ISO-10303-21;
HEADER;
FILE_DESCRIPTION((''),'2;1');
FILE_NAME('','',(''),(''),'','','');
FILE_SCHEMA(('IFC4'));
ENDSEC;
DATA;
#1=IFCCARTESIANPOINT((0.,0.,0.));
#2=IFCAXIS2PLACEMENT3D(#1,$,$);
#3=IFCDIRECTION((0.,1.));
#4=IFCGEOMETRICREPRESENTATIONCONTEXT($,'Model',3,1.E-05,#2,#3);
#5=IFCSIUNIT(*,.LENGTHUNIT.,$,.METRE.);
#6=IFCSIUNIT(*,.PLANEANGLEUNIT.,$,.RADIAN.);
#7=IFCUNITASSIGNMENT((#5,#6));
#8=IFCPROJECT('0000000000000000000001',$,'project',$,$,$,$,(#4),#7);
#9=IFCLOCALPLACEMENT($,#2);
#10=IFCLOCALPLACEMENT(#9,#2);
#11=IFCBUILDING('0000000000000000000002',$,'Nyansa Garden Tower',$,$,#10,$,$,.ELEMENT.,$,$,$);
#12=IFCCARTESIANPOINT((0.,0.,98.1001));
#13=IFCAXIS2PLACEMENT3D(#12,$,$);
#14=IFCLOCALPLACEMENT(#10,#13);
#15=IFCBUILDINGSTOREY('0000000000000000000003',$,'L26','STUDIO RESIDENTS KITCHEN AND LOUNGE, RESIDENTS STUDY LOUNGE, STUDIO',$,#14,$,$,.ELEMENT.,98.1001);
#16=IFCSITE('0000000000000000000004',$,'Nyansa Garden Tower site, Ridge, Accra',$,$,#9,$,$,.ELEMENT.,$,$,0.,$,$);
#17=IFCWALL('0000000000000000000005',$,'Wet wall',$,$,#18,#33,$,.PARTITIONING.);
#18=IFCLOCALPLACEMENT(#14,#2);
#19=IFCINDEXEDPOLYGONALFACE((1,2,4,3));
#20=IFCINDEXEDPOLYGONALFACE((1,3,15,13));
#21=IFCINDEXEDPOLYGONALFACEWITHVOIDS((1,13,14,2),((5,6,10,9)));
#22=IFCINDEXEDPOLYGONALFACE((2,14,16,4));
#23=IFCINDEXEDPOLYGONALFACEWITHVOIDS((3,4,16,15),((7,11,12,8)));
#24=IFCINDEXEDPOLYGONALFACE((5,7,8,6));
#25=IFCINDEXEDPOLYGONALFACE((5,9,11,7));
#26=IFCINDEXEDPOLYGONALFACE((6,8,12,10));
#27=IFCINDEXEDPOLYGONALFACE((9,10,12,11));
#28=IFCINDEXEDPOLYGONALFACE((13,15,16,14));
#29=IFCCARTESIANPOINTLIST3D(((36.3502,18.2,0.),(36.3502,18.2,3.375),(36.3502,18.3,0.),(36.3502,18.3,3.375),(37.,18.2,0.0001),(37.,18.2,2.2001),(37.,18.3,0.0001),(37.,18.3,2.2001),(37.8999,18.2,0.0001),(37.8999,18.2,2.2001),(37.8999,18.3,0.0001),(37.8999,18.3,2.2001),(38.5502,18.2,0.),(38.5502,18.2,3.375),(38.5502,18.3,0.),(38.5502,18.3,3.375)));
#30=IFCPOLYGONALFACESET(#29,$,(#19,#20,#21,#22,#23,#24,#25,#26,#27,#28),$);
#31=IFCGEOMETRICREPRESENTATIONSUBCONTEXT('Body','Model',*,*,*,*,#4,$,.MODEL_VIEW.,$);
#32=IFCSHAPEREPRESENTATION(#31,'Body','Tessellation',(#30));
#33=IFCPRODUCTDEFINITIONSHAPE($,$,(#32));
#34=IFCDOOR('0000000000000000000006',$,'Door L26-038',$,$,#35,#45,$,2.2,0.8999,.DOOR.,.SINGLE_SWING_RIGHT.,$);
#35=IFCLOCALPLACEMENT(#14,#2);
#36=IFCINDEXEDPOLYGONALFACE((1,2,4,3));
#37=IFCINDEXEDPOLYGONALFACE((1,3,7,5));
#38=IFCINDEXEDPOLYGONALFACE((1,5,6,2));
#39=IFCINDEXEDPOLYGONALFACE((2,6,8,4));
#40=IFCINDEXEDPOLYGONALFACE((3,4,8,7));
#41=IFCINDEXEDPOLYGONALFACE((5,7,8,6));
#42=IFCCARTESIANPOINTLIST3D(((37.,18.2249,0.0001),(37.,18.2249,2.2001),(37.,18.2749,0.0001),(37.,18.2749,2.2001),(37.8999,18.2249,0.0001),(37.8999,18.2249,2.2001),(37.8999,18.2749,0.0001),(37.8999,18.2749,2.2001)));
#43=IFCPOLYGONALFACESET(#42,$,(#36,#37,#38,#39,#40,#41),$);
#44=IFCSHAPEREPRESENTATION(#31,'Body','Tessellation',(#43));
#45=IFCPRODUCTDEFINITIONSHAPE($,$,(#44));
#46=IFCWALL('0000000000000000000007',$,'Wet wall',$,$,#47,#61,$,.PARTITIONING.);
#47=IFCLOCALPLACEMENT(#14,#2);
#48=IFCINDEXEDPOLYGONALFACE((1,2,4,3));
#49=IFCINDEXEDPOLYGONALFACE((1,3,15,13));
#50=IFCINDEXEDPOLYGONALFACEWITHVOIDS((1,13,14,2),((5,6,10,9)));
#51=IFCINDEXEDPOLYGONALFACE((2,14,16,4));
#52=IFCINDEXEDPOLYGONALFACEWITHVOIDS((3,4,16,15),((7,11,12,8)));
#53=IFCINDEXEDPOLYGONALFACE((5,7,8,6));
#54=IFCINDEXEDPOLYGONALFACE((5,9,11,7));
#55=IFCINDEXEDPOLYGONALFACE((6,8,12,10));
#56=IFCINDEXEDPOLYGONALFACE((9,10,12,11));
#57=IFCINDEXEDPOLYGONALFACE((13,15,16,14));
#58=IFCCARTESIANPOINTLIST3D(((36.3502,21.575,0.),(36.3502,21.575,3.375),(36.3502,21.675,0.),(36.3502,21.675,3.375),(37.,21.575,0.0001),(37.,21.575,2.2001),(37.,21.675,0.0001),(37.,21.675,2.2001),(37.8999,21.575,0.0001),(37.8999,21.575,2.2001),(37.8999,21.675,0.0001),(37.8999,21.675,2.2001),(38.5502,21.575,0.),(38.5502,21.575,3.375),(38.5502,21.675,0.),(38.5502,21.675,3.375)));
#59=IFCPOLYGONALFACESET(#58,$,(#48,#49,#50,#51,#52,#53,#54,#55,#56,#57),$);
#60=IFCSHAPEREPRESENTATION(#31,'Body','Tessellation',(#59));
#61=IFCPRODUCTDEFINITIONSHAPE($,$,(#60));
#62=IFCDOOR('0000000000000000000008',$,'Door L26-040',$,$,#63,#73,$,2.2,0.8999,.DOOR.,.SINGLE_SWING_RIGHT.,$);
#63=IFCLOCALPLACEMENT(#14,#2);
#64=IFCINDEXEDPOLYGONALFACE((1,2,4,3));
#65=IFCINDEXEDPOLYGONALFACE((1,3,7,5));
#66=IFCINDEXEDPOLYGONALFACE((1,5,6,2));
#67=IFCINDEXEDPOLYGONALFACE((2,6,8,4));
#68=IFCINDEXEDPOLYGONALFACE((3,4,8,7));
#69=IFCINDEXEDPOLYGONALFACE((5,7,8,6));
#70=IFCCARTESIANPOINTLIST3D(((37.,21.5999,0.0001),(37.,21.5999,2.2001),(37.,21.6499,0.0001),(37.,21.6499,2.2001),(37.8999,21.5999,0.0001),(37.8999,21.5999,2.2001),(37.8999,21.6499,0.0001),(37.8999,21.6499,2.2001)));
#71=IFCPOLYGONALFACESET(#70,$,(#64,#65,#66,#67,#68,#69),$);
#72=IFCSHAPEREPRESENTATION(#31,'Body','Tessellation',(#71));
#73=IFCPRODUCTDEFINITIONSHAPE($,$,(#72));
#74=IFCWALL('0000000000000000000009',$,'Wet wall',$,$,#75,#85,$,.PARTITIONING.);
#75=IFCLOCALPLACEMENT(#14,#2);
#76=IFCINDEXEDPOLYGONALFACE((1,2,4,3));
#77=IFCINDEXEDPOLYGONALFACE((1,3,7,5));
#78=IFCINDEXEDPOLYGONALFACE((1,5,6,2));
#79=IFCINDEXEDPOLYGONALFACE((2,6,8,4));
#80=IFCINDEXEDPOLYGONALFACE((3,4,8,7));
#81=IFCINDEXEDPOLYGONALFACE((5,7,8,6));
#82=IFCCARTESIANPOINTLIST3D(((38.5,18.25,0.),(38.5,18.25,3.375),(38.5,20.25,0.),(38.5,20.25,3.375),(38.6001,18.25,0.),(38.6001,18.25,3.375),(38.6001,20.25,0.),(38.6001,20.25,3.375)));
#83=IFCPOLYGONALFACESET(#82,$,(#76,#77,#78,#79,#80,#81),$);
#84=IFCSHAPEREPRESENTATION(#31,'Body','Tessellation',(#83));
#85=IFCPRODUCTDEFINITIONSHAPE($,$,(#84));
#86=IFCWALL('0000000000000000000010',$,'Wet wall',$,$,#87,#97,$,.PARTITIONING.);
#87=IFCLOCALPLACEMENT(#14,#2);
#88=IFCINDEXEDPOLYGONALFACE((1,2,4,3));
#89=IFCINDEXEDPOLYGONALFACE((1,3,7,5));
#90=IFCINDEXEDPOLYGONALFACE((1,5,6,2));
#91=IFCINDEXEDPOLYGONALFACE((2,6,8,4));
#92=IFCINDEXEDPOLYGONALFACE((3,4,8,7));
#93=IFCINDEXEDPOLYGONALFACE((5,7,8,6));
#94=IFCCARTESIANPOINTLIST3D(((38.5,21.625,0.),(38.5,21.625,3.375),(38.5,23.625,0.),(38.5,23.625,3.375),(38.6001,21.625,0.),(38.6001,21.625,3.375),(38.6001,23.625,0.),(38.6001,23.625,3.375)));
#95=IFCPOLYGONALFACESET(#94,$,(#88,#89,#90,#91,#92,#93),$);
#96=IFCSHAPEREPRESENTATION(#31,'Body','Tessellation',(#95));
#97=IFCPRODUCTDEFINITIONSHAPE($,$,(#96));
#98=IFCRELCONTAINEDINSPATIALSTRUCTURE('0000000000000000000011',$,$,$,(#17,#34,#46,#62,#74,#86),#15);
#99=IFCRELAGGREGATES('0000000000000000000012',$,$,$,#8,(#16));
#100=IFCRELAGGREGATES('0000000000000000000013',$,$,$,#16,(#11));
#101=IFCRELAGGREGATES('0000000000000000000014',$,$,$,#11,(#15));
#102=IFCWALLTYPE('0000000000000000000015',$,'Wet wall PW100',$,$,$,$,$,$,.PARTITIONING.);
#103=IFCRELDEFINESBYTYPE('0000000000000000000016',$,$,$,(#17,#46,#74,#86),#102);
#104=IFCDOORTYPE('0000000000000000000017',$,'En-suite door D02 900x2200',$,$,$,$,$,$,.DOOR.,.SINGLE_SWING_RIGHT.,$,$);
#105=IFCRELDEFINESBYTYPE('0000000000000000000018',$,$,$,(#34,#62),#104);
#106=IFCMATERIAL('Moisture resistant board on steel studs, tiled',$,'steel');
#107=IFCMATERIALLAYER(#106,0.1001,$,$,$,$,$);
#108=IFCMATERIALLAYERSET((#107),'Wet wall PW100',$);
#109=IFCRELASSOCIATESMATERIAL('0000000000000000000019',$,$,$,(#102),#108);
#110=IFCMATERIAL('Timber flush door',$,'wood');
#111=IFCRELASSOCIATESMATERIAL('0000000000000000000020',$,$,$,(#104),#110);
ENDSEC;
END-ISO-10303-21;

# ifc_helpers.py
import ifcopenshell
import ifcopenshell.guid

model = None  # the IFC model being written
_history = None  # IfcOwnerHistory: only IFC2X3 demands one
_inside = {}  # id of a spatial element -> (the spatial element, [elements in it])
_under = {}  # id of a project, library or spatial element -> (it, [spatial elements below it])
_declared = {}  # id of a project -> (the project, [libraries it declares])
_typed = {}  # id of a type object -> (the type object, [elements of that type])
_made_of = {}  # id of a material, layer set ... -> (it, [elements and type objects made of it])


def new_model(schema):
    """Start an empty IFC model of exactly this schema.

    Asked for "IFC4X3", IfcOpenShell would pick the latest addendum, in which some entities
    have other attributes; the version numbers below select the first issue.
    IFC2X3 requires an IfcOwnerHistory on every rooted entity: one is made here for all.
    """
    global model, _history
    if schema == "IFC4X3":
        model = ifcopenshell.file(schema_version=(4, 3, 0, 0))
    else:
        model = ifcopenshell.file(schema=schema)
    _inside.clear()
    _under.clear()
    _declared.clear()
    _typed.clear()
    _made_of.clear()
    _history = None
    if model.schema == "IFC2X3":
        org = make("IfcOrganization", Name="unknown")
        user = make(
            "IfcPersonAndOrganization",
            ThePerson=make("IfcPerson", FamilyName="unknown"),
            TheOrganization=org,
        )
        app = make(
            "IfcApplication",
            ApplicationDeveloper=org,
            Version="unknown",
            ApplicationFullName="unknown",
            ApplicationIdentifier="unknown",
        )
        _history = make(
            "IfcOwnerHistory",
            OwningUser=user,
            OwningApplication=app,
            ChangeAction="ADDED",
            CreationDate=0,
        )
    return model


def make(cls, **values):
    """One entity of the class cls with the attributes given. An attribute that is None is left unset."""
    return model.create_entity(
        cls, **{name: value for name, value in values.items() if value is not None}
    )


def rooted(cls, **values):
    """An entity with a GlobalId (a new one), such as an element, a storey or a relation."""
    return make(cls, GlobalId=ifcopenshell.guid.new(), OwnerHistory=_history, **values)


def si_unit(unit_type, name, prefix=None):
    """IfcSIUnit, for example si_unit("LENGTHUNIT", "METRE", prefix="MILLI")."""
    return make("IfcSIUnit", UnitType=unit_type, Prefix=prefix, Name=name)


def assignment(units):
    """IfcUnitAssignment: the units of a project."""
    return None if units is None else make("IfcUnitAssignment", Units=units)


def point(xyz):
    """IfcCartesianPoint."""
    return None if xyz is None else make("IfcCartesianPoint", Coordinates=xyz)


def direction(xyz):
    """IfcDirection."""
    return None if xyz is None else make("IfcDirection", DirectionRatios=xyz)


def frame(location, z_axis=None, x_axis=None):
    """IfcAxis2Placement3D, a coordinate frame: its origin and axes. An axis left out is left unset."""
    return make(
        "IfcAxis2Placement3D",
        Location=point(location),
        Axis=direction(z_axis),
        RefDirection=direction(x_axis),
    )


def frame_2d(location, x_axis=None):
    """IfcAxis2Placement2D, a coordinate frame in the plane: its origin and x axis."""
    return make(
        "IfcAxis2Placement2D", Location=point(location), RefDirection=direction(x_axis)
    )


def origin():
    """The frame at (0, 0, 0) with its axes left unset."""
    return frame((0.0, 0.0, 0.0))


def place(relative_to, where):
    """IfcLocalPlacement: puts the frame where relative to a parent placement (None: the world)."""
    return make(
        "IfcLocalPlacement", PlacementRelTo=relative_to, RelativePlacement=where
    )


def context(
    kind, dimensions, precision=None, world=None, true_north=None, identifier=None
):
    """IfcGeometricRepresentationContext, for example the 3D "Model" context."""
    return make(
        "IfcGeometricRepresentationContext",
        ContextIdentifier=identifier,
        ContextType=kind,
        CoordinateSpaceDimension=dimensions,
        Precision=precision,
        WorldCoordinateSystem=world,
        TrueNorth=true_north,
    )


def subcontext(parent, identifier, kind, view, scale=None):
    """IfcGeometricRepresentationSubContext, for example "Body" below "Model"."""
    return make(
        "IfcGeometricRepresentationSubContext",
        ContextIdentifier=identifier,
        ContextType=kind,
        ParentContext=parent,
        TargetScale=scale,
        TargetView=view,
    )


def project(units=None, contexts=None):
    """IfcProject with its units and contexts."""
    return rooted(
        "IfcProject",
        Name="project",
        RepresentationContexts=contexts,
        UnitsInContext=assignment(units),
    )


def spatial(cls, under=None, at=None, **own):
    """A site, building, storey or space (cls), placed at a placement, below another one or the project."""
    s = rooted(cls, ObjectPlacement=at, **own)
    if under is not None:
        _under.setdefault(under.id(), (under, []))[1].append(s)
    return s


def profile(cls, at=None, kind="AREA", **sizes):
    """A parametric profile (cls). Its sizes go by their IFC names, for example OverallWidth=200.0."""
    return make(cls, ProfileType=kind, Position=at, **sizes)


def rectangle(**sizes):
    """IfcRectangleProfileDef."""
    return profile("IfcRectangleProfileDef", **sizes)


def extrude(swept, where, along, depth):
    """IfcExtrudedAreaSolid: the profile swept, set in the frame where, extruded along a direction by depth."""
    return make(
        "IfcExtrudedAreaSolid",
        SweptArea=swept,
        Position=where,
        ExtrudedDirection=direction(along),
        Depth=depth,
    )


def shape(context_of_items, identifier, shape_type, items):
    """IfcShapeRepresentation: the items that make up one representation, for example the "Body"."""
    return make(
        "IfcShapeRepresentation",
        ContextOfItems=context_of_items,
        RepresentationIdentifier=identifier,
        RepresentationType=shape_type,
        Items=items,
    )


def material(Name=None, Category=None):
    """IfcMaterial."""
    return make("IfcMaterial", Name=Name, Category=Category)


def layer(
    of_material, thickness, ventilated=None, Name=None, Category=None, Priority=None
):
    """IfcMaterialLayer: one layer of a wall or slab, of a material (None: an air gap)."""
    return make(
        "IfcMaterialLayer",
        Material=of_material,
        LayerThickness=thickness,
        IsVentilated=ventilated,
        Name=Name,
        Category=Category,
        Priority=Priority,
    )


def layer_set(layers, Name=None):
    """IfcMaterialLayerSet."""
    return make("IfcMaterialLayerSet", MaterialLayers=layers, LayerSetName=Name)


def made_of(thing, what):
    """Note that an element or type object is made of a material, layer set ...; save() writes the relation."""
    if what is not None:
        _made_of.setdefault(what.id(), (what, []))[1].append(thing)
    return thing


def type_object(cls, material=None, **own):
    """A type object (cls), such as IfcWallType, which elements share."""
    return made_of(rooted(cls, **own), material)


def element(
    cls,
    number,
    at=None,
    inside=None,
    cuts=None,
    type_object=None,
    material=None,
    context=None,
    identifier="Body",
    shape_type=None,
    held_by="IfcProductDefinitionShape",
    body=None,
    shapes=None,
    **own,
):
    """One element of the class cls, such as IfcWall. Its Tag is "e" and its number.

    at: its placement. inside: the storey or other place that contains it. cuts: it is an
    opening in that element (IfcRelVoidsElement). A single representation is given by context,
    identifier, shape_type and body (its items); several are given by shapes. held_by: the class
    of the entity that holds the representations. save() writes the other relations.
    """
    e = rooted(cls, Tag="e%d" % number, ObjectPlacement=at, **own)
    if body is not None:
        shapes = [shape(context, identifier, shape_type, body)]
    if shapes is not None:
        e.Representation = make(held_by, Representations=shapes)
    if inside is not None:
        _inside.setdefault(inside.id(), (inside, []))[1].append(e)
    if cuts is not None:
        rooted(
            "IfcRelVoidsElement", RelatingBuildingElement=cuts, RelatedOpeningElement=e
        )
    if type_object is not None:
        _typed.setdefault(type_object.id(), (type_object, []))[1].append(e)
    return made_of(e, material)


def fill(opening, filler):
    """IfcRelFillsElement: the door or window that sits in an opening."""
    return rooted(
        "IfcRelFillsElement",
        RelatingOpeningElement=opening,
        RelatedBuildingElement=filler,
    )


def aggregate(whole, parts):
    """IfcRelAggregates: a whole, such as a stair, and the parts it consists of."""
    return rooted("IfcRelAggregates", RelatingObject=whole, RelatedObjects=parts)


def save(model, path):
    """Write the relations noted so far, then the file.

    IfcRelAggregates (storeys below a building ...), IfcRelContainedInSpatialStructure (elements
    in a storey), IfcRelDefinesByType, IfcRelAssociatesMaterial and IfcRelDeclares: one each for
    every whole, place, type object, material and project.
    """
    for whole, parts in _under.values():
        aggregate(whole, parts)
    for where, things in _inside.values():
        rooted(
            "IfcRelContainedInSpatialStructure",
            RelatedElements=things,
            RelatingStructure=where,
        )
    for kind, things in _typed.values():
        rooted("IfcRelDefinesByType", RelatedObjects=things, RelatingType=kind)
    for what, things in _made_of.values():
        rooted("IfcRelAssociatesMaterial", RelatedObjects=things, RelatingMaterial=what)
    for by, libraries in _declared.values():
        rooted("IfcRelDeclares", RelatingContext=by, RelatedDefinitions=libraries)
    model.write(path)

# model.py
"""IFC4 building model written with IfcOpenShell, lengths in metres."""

from ifc_helpers import new_model, si_unit, direction, frame, frame_2d, origin, place, context, subcontext, project, spatial, rectangle, extrude, material, layer, layer_set, type_object, element, fill, save


model = new_model("IFC4")

# Units and contexts
model_context = context("Model", 3, precision=1e-05, world=origin(), true_north=direction((0.0, 1.0)))
body_context = subcontext(model_context, "Body", "Model", "MODEL_VIEW")
ifc_project = project(units=[si_unit("LENGTHUNIT", "METRE"), si_unit("PLANEANGLEUNIT", "RADIAN")], contexts=[model_context])

# Site, building, storey
site_placement = place(None, origin())
site = spatial("IfcSite", under=ifc_project, at=site_placement, Name="Nyansa Garden Tower site, Ridge, Accra", CompositionType="ELEMENT", RefElevation=0.0)
building_placement = place(site_placement, origin())
building = spatial("IfcBuilding", under=site, at=building_placement, Name="Nyansa Garden Tower", CompositionType="ELEMENT")
storey_placement = place(building_placement, frame((0.0, 0.0, 98.1001)))
storey = spatial("IfcBuildingStorey", under=building, at=storey_placement, Name="L26", Description="STUDIO RESIDENTS KITCHEN AND LOUNGE, RESIDENTS STUDY LOUNGE, STUDIO", CompositionType="ELEMENT", Elevation=98.1001)

# Walls, openings, doors
ifc_material_1 = material(Name="Moisture resistant board on steel studs, tiled", Category="steel")
ifc_layer_1 = layer(ifc_material_1, 0.1001)
ifc_layer_set_1 = layer_set([ifc_layer_1], Name="Wet wall PW100")
wall_type_1 = type_object("IfcWallType", Name="Wet wall PW100", PredefinedType="PARTITIONING", material=ifc_layer_set_1)
wall_1_placement = place(storey_placement, frame((36.3501, 18.25, 0.0), z_axis=(0.0, 0.0, 1.0), x_axis=(1.0, 0.0, 0.0)))
wall_1 = element("IfcWall", 1, at=wall_1_placement, inside=storey, type_object=wall_type_1, Name="Wet wall", PredefinedType="PARTITIONING", context=body_context, shape_type="SweptSolid", body=[
    extrude(rectangle(XDim=2.2, YDim=0.1001, at=frame_2d((1.1001, 0.0))), origin(), (0.0, 0.0, 1.0), 3.375),
])
opening_1_placement = place(wall_1_placement, frame((0.6499, 0.0, 0.0)))
opening_1 = element("IfcOpeningElement", 2, at=opening_1_placement, cuts=wall_1, PredefinedType="OPENING", context=body_context, shape_type="SweptSolid", body=[
    extrude(rectangle(XDim=0.8999, YDim=2.2, at=frame_2d((0.45, 1.1001))), frame((0.0, 0.0601, 0.0), z_axis=(0.0, -1.0, 0.0), x_axis=(1.0, 0.0, 0.0)), (0.0, 0.0, 1.0), 0.1201),
])
ifc_material_2 = material(Name="Timber flush door", Category="wood")
door_type = type_object("IfcDoorType", Name="En-suite door D02 900x2200", OperationType="SINGLE_SWING_RIGHT", PredefinedType="DOOR", material=ifc_material_2)
door_1_placement = place(opening_1_placement, origin())
door_1 = element("IfcDoor", 3, at=door_1_placement, inside=storey, type_object=door_type, Name="Door L26-038", OperationType="SINGLE_SWING_RIGHT", OverallHeight=2.2, OverallWidth=0.8999, PredefinedType="DOOR", context=body_context, shape_type="SweptSolid", body=[
    extrude(rectangle(XDim=0.8999, YDim=2.2, at=frame_2d((0.45, 1.1001))), frame((0.0, 0.0249, 0.0), z_axis=(0.0, -1.0, 0.0), x_axis=(1.0, 0.0, 0.0)), (0.0, 0.0, 1.0), 0.05),
])
fill(opening_1, door_1)
wall_2_placement = place(storey_placement, frame((36.3501, 21.625, 0.0), z_axis=(0.0, 0.0, 1.0), x_axis=(1.0, 0.0, 0.0)))
wall_2 = element("IfcWall", 4, at=wall_2_placement, inside=storey, type_object=wall_type_1, Name="Wet wall", PredefinedType="PARTITIONING", context=body_context, shape_type="SweptSolid", body=[
    extrude(rectangle(XDim=2.2, YDim=0.1001, at=frame_2d((1.1001, 0.0))), origin(), (0.0, 0.0, 1.0), 3.375),
])
opening_2_placement = place(wall_2_placement, frame((0.6499, 0.0, 0.0)))
opening_2 = element("IfcOpeningElement", 5, at=opening_2_placement, cuts=wall_2, PredefinedType="OPENING", context=body_context, shape_type="SweptSolid", body=[
    extrude(rectangle(XDim=0.8999, YDim=2.2, at=frame_2d((0.45, 1.1001))), frame((0.0, 0.0601, 0.0), z_axis=(0.0, -1.0, 0.0), x_axis=(1.0, 0.0, 0.0)), (0.0, 0.0, 1.0), 0.1201),
])
door_2_placement = place(opening_2_placement, origin())
door_2 = element("IfcDoor", 6, at=door_2_placement, inside=storey, type_object=door_type, Name="Door L26-040", OperationType="SINGLE_SWING_RIGHT", OverallHeight=2.2, OverallWidth=0.8999, PredefinedType="DOOR", context=body_context, shape_type="SweptSolid", body=[
    extrude(rectangle(XDim=0.8999, YDim=2.2, at=frame_2d((0.45, 1.1001))), frame((0.0, 0.0249, 0.0), z_axis=(0.0, -1.0, 0.0), x_axis=(1.0, 0.0, 0.0)), (0.0, 0.0, 1.0), 0.05),
])
fill(opening_2, door_2)

# Walls
for number, where, z_axis, x_axis, name in (
    (7, (38.55, 18.25, 0.0), (0.0, 0.0, 1.0), (0.0, 1.0, 0.0), "Wet wall"),
    (8, (38.55, 21.625, 0.0), (0.0, 0.0, 1.0), (0.0, 1.0, 0.0), "Wet wall"),
):
    element("IfcWall", number, at=place(storey_placement, frame(where, z_axis=z_axis, x_axis=x_axis)), inside=storey, type_object=wall_type_1, Name=name, PredefinedType="PARTITIONING", context=body_context, shape_type="SweptSolid", body=[
        extrude(rectangle(XDim=2.0, YDim=0.1001, at=frame_2d((1.0, 0.0))), origin(), (0.0, 0.0, 1.0), 3.375),
    ])

save(model, "model.ifc")
